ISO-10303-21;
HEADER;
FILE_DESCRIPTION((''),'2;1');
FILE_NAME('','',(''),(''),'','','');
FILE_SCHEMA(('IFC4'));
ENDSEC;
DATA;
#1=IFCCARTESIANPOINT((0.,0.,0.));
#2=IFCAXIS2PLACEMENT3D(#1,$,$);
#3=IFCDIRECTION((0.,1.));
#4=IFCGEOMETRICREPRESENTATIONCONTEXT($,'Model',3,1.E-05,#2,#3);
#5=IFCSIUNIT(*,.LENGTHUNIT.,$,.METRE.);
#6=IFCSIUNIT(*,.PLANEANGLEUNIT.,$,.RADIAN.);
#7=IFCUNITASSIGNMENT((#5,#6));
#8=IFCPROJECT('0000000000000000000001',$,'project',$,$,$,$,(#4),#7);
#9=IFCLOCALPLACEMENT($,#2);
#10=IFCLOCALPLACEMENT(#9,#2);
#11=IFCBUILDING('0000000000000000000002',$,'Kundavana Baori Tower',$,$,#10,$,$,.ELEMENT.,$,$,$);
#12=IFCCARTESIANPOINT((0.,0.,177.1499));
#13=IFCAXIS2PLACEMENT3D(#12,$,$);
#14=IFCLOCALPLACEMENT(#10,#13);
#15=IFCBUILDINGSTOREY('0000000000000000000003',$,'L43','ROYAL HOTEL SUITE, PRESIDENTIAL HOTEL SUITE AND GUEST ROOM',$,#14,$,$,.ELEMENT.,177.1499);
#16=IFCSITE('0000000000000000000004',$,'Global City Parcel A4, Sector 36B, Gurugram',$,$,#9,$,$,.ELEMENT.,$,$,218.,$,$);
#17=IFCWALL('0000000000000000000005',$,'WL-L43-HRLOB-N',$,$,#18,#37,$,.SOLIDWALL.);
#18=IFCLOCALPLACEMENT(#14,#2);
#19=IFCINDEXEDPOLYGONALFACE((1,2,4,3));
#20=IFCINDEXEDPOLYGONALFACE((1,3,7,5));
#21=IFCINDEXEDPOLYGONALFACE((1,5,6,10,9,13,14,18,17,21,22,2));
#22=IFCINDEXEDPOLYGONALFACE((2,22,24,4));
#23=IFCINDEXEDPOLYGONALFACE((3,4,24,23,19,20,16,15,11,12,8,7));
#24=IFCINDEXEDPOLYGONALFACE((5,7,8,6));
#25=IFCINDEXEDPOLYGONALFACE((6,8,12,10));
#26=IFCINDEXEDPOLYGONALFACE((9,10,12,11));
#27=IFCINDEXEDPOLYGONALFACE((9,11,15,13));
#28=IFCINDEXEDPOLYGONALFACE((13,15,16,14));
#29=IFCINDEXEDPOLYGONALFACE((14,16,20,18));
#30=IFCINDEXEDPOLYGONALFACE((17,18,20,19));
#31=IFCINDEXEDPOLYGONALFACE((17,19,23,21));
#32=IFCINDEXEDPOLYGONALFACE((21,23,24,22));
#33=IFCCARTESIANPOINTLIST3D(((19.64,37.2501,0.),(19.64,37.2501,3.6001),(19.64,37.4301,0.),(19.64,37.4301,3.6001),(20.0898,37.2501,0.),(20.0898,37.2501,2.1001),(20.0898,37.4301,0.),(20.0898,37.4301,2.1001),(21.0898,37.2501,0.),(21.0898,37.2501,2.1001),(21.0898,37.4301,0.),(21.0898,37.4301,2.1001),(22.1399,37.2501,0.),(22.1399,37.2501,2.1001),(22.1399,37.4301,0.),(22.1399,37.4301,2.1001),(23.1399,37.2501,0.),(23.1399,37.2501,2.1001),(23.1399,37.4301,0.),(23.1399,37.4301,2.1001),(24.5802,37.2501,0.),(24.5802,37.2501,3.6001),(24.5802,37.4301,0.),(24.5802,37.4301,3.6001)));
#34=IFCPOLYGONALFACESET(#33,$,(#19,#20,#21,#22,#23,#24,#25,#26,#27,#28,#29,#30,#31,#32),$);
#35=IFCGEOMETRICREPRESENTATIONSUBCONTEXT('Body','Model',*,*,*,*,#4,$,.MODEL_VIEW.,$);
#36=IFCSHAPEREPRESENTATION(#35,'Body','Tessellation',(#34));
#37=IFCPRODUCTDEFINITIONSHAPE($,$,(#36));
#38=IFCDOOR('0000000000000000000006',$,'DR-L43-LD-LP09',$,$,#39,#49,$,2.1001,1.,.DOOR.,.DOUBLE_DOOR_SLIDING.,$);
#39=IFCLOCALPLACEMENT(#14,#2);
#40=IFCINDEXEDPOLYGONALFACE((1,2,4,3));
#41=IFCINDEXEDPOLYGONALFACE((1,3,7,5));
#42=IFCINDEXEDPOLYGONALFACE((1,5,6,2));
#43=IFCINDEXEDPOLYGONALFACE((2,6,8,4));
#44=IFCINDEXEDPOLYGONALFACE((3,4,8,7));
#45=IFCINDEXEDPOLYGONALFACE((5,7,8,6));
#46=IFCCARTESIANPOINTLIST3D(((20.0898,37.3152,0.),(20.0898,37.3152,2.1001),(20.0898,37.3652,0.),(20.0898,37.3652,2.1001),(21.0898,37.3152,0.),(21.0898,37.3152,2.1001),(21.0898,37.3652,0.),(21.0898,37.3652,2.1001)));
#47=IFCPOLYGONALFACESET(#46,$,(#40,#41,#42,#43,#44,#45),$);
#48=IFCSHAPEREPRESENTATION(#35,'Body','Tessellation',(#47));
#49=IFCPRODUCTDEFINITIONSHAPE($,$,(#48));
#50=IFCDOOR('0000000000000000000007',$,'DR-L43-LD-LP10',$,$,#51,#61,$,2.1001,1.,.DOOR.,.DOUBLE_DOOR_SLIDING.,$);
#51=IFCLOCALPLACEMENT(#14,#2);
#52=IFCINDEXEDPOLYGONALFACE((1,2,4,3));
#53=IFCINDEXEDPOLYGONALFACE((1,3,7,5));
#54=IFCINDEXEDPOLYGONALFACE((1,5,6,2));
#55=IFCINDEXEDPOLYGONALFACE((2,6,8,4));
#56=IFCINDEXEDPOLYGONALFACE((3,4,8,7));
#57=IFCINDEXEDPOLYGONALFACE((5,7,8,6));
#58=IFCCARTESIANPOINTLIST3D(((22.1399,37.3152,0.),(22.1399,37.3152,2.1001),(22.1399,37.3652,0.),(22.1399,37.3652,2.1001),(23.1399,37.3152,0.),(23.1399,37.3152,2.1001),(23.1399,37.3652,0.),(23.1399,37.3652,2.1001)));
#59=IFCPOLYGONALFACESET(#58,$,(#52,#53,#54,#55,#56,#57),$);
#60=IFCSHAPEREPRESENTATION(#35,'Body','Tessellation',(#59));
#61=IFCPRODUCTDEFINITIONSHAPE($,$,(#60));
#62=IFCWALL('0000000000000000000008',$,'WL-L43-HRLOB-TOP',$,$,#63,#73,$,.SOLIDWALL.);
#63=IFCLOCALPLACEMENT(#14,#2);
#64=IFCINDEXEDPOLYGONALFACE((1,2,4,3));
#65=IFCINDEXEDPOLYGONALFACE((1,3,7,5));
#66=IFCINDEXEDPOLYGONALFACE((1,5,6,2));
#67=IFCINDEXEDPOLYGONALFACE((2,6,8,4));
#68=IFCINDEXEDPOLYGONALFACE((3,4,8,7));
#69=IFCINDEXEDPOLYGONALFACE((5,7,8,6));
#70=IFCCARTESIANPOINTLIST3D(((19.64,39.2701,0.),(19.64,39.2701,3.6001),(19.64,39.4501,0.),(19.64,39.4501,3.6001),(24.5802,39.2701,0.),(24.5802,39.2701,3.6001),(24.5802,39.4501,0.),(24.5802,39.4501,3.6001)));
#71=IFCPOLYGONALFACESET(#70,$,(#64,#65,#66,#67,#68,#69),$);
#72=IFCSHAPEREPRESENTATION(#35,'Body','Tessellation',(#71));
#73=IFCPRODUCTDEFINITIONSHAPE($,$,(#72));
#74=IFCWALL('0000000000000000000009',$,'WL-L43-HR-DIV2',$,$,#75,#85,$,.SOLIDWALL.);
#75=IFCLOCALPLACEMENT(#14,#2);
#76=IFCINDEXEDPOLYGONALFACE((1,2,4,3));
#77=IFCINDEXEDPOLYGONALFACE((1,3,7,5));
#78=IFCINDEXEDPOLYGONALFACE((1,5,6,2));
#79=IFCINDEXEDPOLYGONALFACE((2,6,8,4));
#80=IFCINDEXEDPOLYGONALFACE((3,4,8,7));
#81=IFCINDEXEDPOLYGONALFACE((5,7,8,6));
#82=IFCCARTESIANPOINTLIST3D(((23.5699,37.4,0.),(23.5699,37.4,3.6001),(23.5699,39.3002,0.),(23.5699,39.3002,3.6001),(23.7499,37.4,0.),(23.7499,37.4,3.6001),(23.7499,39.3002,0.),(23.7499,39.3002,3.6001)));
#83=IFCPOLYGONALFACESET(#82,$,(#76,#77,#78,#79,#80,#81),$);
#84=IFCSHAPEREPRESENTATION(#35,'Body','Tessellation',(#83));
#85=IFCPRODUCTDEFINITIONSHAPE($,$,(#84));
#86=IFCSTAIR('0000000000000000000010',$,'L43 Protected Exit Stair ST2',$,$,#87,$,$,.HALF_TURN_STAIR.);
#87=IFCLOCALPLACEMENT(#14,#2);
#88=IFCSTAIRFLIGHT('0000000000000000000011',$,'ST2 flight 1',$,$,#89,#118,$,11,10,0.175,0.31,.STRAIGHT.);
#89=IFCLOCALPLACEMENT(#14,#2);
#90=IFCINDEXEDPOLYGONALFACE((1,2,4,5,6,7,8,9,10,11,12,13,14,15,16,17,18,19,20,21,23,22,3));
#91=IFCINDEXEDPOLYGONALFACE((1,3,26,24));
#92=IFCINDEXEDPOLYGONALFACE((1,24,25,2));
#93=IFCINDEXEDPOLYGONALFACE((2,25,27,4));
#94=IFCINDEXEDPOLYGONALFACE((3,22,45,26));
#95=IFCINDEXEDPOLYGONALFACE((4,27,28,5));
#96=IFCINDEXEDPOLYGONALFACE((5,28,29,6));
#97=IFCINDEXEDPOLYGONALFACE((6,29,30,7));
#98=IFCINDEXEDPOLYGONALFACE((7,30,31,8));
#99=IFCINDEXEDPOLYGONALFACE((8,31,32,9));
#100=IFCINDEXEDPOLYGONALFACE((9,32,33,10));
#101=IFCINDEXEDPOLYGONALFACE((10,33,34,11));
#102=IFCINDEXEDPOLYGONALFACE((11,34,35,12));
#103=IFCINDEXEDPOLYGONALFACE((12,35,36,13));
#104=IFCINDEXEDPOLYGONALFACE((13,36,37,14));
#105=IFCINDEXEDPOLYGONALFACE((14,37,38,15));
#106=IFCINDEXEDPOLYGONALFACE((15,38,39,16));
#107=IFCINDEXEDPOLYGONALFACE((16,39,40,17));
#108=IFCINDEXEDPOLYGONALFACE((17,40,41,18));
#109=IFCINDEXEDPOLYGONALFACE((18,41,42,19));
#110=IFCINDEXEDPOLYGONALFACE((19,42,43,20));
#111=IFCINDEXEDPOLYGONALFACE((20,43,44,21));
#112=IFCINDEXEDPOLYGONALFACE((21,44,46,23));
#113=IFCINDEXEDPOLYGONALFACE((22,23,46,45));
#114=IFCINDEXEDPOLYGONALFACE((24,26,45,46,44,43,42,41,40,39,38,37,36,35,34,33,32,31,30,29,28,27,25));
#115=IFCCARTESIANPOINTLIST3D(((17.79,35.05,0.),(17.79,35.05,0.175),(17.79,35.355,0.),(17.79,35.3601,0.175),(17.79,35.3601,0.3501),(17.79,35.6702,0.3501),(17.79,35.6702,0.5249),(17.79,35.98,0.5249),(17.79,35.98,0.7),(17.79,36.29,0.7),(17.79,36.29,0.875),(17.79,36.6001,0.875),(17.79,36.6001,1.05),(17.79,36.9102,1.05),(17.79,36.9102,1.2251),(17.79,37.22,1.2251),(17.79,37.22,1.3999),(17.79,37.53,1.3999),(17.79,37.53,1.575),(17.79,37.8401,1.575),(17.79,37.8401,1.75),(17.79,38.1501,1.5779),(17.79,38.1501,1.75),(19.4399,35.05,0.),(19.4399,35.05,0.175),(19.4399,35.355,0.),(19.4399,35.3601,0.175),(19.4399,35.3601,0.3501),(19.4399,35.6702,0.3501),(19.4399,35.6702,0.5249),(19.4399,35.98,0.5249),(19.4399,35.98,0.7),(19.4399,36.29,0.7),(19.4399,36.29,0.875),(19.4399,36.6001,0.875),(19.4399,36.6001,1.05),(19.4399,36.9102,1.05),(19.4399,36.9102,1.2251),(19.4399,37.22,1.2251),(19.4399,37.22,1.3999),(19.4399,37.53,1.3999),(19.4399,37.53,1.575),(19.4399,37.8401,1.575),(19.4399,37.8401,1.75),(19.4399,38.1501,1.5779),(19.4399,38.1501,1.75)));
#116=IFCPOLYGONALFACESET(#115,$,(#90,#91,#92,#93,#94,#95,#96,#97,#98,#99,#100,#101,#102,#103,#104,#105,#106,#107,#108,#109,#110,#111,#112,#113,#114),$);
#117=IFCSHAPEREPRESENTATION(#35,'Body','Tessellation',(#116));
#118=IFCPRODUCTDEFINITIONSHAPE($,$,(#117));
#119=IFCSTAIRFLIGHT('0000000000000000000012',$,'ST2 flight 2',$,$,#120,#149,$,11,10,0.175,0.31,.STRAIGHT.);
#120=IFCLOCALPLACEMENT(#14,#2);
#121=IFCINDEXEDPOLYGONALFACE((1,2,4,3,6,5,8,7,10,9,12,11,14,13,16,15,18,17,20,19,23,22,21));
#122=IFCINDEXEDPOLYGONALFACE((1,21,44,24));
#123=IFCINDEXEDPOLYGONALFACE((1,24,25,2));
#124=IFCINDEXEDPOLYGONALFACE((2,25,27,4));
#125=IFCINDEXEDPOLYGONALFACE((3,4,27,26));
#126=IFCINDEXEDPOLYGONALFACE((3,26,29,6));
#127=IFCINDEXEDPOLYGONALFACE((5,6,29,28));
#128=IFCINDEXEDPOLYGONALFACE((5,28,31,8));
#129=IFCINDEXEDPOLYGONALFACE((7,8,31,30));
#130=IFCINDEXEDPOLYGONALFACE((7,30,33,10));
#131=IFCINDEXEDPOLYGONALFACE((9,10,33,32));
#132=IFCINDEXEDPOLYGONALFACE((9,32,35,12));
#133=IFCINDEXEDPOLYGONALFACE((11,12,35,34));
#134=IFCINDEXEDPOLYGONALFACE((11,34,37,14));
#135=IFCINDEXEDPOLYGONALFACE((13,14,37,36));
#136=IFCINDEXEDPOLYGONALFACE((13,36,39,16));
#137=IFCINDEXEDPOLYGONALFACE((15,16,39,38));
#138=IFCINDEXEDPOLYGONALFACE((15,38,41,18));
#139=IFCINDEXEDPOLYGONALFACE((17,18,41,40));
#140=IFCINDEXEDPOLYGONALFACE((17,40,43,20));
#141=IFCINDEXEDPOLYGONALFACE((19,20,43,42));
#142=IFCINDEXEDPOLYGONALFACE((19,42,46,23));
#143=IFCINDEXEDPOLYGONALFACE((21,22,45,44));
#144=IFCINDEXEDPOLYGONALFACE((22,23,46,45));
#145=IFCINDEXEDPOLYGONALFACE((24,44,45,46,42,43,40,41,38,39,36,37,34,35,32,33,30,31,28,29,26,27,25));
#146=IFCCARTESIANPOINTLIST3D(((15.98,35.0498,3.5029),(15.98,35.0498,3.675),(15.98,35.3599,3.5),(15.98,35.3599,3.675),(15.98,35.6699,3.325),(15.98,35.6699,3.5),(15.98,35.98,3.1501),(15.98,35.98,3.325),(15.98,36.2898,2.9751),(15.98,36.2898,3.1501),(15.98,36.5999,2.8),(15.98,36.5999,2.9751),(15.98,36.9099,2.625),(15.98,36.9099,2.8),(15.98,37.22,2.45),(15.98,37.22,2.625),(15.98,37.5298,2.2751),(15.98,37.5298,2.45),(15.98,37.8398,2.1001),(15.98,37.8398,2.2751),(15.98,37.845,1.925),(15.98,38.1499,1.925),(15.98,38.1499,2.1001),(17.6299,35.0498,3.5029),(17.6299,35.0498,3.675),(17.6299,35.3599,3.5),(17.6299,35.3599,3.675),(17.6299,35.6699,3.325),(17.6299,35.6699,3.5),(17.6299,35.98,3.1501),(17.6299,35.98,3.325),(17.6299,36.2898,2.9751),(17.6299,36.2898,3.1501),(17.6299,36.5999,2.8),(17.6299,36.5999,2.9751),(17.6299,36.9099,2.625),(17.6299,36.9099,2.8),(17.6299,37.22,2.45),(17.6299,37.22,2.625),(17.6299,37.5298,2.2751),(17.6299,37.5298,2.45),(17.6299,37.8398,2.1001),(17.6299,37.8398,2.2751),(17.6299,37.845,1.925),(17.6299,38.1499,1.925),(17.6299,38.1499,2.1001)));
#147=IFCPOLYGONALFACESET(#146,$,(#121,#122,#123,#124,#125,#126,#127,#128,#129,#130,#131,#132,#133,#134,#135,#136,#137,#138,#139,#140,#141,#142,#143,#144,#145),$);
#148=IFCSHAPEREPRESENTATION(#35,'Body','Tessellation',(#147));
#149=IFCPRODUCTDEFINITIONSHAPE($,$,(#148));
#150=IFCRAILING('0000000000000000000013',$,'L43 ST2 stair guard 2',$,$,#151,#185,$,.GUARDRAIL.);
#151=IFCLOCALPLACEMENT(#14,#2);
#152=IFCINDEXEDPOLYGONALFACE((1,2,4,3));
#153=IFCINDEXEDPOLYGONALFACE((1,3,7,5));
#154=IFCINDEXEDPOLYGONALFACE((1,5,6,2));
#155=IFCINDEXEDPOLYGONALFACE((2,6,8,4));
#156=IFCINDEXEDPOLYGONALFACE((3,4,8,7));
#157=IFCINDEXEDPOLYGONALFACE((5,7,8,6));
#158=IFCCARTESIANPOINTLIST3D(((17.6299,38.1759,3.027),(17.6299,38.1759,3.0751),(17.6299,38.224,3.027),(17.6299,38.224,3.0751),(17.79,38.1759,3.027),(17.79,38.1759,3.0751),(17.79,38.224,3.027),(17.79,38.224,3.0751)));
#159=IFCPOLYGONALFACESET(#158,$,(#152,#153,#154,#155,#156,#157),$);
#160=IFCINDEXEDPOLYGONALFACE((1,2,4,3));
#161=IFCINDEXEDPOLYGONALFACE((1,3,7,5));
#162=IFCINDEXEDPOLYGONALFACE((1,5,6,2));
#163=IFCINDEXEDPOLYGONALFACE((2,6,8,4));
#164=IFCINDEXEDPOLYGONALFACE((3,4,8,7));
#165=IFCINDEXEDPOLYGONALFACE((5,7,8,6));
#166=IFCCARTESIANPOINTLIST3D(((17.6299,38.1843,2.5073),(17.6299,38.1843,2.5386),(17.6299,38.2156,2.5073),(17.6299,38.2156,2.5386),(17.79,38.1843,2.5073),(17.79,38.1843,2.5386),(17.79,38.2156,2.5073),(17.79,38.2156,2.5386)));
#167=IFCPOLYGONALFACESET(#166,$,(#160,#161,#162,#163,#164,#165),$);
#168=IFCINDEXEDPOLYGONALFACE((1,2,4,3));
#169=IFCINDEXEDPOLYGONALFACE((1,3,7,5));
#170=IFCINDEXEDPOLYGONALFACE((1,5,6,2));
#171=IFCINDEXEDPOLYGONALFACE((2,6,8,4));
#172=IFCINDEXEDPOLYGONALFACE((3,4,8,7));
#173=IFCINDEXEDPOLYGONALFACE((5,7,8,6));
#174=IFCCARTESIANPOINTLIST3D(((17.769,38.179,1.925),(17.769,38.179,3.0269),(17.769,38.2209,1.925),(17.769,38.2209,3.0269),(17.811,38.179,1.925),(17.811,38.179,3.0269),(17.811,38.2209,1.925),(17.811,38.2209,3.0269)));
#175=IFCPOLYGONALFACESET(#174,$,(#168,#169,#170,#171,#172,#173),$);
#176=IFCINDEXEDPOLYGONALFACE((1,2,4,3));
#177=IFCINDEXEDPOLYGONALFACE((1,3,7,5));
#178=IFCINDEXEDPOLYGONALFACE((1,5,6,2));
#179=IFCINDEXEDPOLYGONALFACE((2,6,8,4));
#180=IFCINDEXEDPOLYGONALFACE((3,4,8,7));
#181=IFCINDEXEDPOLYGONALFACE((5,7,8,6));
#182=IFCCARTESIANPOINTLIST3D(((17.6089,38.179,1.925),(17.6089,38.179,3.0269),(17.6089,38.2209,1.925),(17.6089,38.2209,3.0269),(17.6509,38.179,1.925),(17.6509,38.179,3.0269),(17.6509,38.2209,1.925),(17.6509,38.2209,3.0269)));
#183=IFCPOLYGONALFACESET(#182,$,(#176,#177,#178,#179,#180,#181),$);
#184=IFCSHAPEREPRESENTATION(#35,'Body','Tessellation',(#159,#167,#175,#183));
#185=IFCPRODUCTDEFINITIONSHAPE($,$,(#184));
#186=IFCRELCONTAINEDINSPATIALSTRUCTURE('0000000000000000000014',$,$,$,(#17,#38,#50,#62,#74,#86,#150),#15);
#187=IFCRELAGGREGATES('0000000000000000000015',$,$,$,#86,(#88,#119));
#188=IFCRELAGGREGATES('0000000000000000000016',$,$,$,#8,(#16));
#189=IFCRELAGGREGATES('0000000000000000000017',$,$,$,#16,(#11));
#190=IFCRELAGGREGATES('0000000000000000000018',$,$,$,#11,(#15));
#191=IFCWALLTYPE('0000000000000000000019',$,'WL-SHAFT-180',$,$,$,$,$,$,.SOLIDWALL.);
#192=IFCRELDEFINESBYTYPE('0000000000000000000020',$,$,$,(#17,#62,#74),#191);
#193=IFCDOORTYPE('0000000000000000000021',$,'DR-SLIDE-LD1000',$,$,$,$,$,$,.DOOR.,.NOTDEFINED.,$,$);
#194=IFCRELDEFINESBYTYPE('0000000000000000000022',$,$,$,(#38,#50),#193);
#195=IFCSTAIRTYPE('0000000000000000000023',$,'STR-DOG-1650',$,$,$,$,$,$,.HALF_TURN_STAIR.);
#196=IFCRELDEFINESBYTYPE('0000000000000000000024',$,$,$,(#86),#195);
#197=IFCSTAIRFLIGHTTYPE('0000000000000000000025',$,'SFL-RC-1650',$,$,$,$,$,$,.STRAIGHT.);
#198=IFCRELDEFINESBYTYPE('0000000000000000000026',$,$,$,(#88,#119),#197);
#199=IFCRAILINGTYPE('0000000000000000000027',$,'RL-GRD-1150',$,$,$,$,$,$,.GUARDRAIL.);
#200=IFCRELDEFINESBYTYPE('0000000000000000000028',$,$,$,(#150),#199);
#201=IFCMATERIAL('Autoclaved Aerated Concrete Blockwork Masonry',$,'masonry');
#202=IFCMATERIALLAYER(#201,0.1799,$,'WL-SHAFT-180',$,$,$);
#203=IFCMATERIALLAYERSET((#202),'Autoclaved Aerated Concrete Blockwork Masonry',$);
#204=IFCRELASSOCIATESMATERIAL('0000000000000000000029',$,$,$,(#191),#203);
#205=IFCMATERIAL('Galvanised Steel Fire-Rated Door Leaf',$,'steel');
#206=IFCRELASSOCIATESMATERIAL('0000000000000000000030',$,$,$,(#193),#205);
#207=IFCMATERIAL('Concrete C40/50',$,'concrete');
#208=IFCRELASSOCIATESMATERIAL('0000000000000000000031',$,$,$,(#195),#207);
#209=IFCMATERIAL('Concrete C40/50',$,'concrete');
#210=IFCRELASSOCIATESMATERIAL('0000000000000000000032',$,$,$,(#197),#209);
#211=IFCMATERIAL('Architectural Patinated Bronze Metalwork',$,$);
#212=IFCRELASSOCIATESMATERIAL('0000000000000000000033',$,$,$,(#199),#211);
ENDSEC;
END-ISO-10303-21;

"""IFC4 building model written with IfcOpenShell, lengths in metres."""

from ifc_helpers import new_model, si_unit, direction, frame, frame_2d, origin, origin_2d, place, context, subcontext, project, spatial, polyline, rectangle, outline, extrude, material, layer, layer_set, type_object, element, fill, aggregate, save


model = new_model("IFC4")

# Units and contexts
model_context = context("Model", 3, precision=1e-05, world=origin(), true_north=direction((0.0, 1.0)))
body_context = subcontext(model_context, "Body", "Model", "MODEL_VIEW")
ifc_project = project(units=[si_unit("LENGTHUNIT", "METRE"), si_unit("PLANEANGLEUNIT", "RADIAN")], contexts=[model_context])

# Site, building, storey
site_placement = place(None, origin())
site = spatial("IfcSite", under=ifc_project, at=site_placement, Name="Global City Parcel A4, Sector 36B, Gurugram", CompositionType="ELEMENT", RefElevation=218.0)
building_placement = place(site_placement, origin())
building = spatial("IfcBuilding", under=site, at=building_placement, Name="Kundavana Baori Tower", CompositionType="ELEMENT")
storey_placement = place(building_placement, frame((0.0, 0.0, 177.1499)))
storey = spatial("IfcBuildingStorey", under=building, at=storey_placement, Name="L43", Description="ROYAL HOTEL SUITE, PRESIDENTIAL HOTEL SUITE AND GUEST ROOM", CompositionType="ELEMENT", Elevation=177.1499)

# Shared definitions
ifc_material_1 = material(Name="Autoclaved Aerated Concrete Blockwork Masonry", Category="masonry")
ifc_layer_1 = layer(ifc_material_1, 0.1799, Name="WL-SHAFT-180")
ifc_layer_set_1 = layer_set([ifc_layer_1], Name="Autoclaved Aerated Concrete Blockwork Masonry")
wall_type_1 = type_object("IfcWallType", Name="WL-SHAFT-180", PredefinedType="SOLIDWALL", material=ifc_layer_set_1)
ifc_material_2 = material(Name="Galvanised Steel Fire-Rated Door Leaf", Category="steel")
door_type_1 = type_object("IfcDoorType", Name="DR-SLIDE-LD1000", OperationType="NOTDEFINED", PredefinedType="DOOR", material=ifc_material_2)

# Wall, openings, doors
wall_1_placement = place(storey_placement, frame((19.6399, 37.3401, 0.0), z_axis=(0.0, 0.0, 1.0), x_axis=(1.0, 0.0, 0.0)))
wall_1 = element("IfcWall", 1, at=wall_1_placement, inside=storey, type_object=wall_type_1, Name="WL-L43-HRLOB-N", PredefinedType="SOLIDWALL", context=body_context, shape_type="SweptSolid", body=[
    extrude(rectangle(XDim=4.9402, YDim=0.1799, at=frame_2d((2.4702, 0.0))), origin(), (0.0, 0.0, 1.0), 3.6001),
])
opening_1_placement = place(wall_1_placement, frame((0.45, 0.0, 0.0)))
opening_1 = element("IfcOpeningElement", 2, at=opening_1_placement, cuts=wall_1, PredefinedType="OPENING", context=body_context, shape_type="SweptSolid", body=[
    extrude(rectangle(XDim=1.0, YDim=2.1001, at=frame_2d((0.5, 1.05))), frame((0.0, 0.1001, 0.0), z_axis=(0.0, -1.0, 0.0), x_axis=(1.0, 0.0, 0.0)), (0.0, 0.0, 1.0), 0.2),
])
opening_2_placement = place(wall_1_placement, frame((2.5, 0.0, 0.0)))
opening_2 = element("IfcOpeningElement", 3, at=opening_2_placement, cuts=wall_1, PredefinedType="OPENING", context=body_context, shape_type="SweptSolid", body=[
    extrude(rectangle(XDim=1.0, YDim=2.1001, at=frame_2d((0.5, 1.05))), frame((0.0, 0.1001, 0.0), z_axis=(0.0, -1.0, 0.0), x_axis=(1.0, 0.0, 0.0)), (0.0, 0.0, 1.0), 0.2),
])
door_1_placement = place(opening_1_placement, frame((1.0, 0.0, 0.0), z_axis=(0.0, 0.0, 1.0), x_axis=(-1.0, 0.0, 0.0)))
door_1 = element("IfcDoor", 4, at=door_1_placement, inside=storey, type_object=door_type_1, Name="DR-L43-LD-LP09", OperationType="DOUBLE_DOOR_SLIDING", OverallHeight=2.1001, OverallWidth=1.0, PredefinedType="DOOR", context=body_context, shape_type="SweptSolid", body=[
    extrude(rectangle(XDim=1.0, YDim=2.1001, at=frame_2d((0.5, 1.05))), frame((0.0, 0.0249, 0.0), z_axis=(0.0, -1.0, 0.0), x_axis=(1.0, 0.0, 0.0)), (0.0, 0.0, 1.0), 0.05),
])
fill(opening_1, door_1)
door_2_placement = place(opening_2_placement, frame((1.0, 0.0, 0.0), z_axis=(0.0, 0.0, 1.0), x_axis=(-1.0, 0.0, 0.0)))
door_2 = element("IfcDoor", 5, at=door_2_placement, inside=storey, type_object=door_type_1, Name="DR-L43-LD-LP10", OperationType="DOUBLE_DOOR_SLIDING", OverallHeight=2.1001, OverallWidth=1.0, PredefinedType="DOOR", context=body_context, shape_type="SweptSolid", body=[
    extrude(rectangle(XDim=1.0, YDim=2.1001, at=frame_2d((0.5, 1.05))), frame((0.0, 0.0249, 0.0), z_axis=(0.0, -1.0, 0.0), x_axis=(1.0, 0.0, 0.0)), (0.0, 0.0, 1.0), 0.05),
])
fill(opening_2, door_2)

# Walls
wall_2_placement = place(storey_placement, frame((19.6399, 39.3601, 0.0), z_axis=(0.0, 0.0, 1.0), x_axis=(1.0, 0.0, 0.0)))
element("IfcWall", 6, at=wall_2_placement, inside=storey, type_object=wall_type_1, Name="WL-L43-HRLOB-TOP", PredefinedType="SOLIDWALL", context=body_context, shape_type="SweptSolid", body=[
    extrude(rectangle(XDim=4.9402, YDim=0.1799, at=frame_2d((2.4702, 0.0))), origin(), (0.0, 0.0, 1.0), 3.6001),
])
wall_3_placement = place(storey_placement, frame((23.6599, 37.3999, 0.0), z_axis=(0.0, 0.0, 1.0), x_axis=(0.0, 1.0, 0.0)))
element("IfcWall", 7, at=wall_3_placement, inside=storey, type_object=wall_type_1, Name="WL-L43-HR-DIV2", PredefinedType="SOLIDWALL", context=body_context, shape_type="SweptSolid", body=[
    extrude(rectangle(XDim=1.9001, YDim=0.1799, at=frame_2d((0.9502, 0.0))), origin(), (0.0, 0.0, 1.0), 3.6001),
])

# Stair, stair flights
ifc_material_3 = material(Name="Concrete C40/50", Category="concrete")
stair_type = type_object("IfcStairType", Name="STR-DOG-1650", PredefinedType="HALF_TURN_STAIR", material=ifc_material_3)
stair_placement = place(storey_placement, origin())
stair = element("IfcStair", 8, at=stair_placement, inside=storey, type_object=stair_type, Name="L43 Protected Exit Stair ST2", PredefinedType="HALF_TURN_STAIR")
ifc_material_4 = material(Name="Concrete C40/50", Category="concrete")
stair_flight_type = type_object("IfcStairFlightType", Name="SFL-RC-1650", PredefinedType="STRAIGHT", material=ifc_material_4)
stair_flight_1_placement = place(storey_placement, frame((18.615, 35.05, 0.0), z_axis=(0.0, 0.0, 1.0), x_axis=(0.0, 1.0, 0.0)))
stair_flight_1 = element("IfcStairFlight", 9, at=stair_flight_1_placement, type_object=stair_flight_type, Name="ST2 flight 1", NumberOfRisers=11, NumberOfTreads=10, PredefinedType="STRAIGHT", RiserHeight=0.175, TreadLength=0.31, context=body_context, shape_type="SweptSolid", body=[
    extrude(outline(polyline([(0.0, 0.0), (0.0, 0.175), (0.3101, 0.175), (0.3101, 0.3501), (0.6201, 0.3501), (0.6201, 0.5249), (0.9299, 0.5249), (0.9299, 0.7), (1.24, 0.7), (1.24, 0.875), (1.55, 0.875), (1.55, 1.05), (1.8601, 1.05), (1.8601, 1.2251), (2.1699, 1.2251), (2.1699, 1.3999), (2.48, 1.3999), (2.48, 1.575), (2.79, 1.575), (2.79, 1.75), (3.1001, 1.75), (3.1001, 1.925), (3.1001, 1.5779), (0.3049, 0.0), (0.0, 0.0)])), frame((0.0, 0.825, 0.0), z_axis=(0.0, -1.0, 0.0), x_axis=(1.0, 0.0, 0.0)), (0.0, 0.0, 1.0), 1.6499),
])
stair_flight_2_placement = place(storey_placement, frame((16.8049, 38.1499, 1.925), z_axis=(0.0, 0.0, 1.0), x_axis=(0.0, -1.0, 0.0)))
stair_flight_2 = element("IfcStairFlight", 10, at=stair_flight_2_placement, type_object=stair_flight_type, Name="ST2 flight 2", NumberOfRisers=11, NumberOfTreads=10, PredefinedType="STRAIGHT", RiserHeight=0.175, TreadLength=0.31, context=body_context, shape_type="SweptSolid", body=[
    extrude(outline(polyline([(0.0, 0.0), (0.0, 0.175), (0.3101, 0.175), (0.3101, 0.3501), (0.6201, 0.3501), (0.6201, 0.5249), (0.9299, 0.5249), (0.9299, 0.7), (1.24, 0.7), (1.24, 0.875), (1.55, 0.875), (1.55, 1.05), (1.8601, 1.05), (1.8601, 1.2251), (2.1699, 1.2251), (2.1699, 1.3999), (2.48, 1.3999), (2.48, 1.575), (2.79, 1.575), (2.79, 1.75), (3.1001, 1.75), (3.1001, 1.925), (3.1001, 1.5779), (0.3049, 0.0), (0.0, 0.0)])), frame((0.0, 0.825, 0.0), z_axis=(0.0, -1.0, 0.0), x_axis=(1.0, 0.0, 0.0)), (0.0, 0.0, 1.0), 1.6499),
])
aggregate(stair, [stair_flight_1, stair_flight_2])

# Railing
ifc_material_5 = material(Name="Architectural Patinated Bronze Metalwork")
railing_type_1 = type_object("IfcRailingType", Name="RL-GRD-1150", PredefinedType="GUARDRAIL", material=ifc_material_5)
railing_1_placement = place(storey_placement, frame((17.79, 38.2, 1.925)))
element("IfcRailing", 11, at=railing_1_placement, inside=storey, type_object=railing_type_1, Name="L43 ST2 stair guard 2", PredefinedType="GUARDRAIL", context=body_context, shape_type="SweptSolid", body=[
    extrude(rectangle(XDim=0.0481, YDim=0.0481, at=origin_2d()), frame((0.0, 0.0, 1.126), z_axis=(-1.0, 0.0, 0.0), x_axis=(0.0, -1.0, 0.0)), (0.0, 0.0, 1.0), 0.1602),
    extrude(rectangle(XDim=0.0312, YDim=0.0312, at=origin_2d()), frame((0.0, 0.0, 0.5979), z_axis=(-1.0, 0.0, 0.0), x_axis=(0.0, -1.0, 0.0)), (0.0, 0.0, 1.0), 0.1602),
    extrude(rectangle(XDim=0.042, YDim=0.042, at=origin_2d()), origin(), (0.0, 0.0, 1.0), 1.1018),
    extrude(rectangle(XDim=0.042, YDim=0.042, at=origin_2d()), frame((-0.1602, 0.0, 0.0)), (0.0, 0.0, 1.0), 1.1018),
])

save(model, "model.ifc")
